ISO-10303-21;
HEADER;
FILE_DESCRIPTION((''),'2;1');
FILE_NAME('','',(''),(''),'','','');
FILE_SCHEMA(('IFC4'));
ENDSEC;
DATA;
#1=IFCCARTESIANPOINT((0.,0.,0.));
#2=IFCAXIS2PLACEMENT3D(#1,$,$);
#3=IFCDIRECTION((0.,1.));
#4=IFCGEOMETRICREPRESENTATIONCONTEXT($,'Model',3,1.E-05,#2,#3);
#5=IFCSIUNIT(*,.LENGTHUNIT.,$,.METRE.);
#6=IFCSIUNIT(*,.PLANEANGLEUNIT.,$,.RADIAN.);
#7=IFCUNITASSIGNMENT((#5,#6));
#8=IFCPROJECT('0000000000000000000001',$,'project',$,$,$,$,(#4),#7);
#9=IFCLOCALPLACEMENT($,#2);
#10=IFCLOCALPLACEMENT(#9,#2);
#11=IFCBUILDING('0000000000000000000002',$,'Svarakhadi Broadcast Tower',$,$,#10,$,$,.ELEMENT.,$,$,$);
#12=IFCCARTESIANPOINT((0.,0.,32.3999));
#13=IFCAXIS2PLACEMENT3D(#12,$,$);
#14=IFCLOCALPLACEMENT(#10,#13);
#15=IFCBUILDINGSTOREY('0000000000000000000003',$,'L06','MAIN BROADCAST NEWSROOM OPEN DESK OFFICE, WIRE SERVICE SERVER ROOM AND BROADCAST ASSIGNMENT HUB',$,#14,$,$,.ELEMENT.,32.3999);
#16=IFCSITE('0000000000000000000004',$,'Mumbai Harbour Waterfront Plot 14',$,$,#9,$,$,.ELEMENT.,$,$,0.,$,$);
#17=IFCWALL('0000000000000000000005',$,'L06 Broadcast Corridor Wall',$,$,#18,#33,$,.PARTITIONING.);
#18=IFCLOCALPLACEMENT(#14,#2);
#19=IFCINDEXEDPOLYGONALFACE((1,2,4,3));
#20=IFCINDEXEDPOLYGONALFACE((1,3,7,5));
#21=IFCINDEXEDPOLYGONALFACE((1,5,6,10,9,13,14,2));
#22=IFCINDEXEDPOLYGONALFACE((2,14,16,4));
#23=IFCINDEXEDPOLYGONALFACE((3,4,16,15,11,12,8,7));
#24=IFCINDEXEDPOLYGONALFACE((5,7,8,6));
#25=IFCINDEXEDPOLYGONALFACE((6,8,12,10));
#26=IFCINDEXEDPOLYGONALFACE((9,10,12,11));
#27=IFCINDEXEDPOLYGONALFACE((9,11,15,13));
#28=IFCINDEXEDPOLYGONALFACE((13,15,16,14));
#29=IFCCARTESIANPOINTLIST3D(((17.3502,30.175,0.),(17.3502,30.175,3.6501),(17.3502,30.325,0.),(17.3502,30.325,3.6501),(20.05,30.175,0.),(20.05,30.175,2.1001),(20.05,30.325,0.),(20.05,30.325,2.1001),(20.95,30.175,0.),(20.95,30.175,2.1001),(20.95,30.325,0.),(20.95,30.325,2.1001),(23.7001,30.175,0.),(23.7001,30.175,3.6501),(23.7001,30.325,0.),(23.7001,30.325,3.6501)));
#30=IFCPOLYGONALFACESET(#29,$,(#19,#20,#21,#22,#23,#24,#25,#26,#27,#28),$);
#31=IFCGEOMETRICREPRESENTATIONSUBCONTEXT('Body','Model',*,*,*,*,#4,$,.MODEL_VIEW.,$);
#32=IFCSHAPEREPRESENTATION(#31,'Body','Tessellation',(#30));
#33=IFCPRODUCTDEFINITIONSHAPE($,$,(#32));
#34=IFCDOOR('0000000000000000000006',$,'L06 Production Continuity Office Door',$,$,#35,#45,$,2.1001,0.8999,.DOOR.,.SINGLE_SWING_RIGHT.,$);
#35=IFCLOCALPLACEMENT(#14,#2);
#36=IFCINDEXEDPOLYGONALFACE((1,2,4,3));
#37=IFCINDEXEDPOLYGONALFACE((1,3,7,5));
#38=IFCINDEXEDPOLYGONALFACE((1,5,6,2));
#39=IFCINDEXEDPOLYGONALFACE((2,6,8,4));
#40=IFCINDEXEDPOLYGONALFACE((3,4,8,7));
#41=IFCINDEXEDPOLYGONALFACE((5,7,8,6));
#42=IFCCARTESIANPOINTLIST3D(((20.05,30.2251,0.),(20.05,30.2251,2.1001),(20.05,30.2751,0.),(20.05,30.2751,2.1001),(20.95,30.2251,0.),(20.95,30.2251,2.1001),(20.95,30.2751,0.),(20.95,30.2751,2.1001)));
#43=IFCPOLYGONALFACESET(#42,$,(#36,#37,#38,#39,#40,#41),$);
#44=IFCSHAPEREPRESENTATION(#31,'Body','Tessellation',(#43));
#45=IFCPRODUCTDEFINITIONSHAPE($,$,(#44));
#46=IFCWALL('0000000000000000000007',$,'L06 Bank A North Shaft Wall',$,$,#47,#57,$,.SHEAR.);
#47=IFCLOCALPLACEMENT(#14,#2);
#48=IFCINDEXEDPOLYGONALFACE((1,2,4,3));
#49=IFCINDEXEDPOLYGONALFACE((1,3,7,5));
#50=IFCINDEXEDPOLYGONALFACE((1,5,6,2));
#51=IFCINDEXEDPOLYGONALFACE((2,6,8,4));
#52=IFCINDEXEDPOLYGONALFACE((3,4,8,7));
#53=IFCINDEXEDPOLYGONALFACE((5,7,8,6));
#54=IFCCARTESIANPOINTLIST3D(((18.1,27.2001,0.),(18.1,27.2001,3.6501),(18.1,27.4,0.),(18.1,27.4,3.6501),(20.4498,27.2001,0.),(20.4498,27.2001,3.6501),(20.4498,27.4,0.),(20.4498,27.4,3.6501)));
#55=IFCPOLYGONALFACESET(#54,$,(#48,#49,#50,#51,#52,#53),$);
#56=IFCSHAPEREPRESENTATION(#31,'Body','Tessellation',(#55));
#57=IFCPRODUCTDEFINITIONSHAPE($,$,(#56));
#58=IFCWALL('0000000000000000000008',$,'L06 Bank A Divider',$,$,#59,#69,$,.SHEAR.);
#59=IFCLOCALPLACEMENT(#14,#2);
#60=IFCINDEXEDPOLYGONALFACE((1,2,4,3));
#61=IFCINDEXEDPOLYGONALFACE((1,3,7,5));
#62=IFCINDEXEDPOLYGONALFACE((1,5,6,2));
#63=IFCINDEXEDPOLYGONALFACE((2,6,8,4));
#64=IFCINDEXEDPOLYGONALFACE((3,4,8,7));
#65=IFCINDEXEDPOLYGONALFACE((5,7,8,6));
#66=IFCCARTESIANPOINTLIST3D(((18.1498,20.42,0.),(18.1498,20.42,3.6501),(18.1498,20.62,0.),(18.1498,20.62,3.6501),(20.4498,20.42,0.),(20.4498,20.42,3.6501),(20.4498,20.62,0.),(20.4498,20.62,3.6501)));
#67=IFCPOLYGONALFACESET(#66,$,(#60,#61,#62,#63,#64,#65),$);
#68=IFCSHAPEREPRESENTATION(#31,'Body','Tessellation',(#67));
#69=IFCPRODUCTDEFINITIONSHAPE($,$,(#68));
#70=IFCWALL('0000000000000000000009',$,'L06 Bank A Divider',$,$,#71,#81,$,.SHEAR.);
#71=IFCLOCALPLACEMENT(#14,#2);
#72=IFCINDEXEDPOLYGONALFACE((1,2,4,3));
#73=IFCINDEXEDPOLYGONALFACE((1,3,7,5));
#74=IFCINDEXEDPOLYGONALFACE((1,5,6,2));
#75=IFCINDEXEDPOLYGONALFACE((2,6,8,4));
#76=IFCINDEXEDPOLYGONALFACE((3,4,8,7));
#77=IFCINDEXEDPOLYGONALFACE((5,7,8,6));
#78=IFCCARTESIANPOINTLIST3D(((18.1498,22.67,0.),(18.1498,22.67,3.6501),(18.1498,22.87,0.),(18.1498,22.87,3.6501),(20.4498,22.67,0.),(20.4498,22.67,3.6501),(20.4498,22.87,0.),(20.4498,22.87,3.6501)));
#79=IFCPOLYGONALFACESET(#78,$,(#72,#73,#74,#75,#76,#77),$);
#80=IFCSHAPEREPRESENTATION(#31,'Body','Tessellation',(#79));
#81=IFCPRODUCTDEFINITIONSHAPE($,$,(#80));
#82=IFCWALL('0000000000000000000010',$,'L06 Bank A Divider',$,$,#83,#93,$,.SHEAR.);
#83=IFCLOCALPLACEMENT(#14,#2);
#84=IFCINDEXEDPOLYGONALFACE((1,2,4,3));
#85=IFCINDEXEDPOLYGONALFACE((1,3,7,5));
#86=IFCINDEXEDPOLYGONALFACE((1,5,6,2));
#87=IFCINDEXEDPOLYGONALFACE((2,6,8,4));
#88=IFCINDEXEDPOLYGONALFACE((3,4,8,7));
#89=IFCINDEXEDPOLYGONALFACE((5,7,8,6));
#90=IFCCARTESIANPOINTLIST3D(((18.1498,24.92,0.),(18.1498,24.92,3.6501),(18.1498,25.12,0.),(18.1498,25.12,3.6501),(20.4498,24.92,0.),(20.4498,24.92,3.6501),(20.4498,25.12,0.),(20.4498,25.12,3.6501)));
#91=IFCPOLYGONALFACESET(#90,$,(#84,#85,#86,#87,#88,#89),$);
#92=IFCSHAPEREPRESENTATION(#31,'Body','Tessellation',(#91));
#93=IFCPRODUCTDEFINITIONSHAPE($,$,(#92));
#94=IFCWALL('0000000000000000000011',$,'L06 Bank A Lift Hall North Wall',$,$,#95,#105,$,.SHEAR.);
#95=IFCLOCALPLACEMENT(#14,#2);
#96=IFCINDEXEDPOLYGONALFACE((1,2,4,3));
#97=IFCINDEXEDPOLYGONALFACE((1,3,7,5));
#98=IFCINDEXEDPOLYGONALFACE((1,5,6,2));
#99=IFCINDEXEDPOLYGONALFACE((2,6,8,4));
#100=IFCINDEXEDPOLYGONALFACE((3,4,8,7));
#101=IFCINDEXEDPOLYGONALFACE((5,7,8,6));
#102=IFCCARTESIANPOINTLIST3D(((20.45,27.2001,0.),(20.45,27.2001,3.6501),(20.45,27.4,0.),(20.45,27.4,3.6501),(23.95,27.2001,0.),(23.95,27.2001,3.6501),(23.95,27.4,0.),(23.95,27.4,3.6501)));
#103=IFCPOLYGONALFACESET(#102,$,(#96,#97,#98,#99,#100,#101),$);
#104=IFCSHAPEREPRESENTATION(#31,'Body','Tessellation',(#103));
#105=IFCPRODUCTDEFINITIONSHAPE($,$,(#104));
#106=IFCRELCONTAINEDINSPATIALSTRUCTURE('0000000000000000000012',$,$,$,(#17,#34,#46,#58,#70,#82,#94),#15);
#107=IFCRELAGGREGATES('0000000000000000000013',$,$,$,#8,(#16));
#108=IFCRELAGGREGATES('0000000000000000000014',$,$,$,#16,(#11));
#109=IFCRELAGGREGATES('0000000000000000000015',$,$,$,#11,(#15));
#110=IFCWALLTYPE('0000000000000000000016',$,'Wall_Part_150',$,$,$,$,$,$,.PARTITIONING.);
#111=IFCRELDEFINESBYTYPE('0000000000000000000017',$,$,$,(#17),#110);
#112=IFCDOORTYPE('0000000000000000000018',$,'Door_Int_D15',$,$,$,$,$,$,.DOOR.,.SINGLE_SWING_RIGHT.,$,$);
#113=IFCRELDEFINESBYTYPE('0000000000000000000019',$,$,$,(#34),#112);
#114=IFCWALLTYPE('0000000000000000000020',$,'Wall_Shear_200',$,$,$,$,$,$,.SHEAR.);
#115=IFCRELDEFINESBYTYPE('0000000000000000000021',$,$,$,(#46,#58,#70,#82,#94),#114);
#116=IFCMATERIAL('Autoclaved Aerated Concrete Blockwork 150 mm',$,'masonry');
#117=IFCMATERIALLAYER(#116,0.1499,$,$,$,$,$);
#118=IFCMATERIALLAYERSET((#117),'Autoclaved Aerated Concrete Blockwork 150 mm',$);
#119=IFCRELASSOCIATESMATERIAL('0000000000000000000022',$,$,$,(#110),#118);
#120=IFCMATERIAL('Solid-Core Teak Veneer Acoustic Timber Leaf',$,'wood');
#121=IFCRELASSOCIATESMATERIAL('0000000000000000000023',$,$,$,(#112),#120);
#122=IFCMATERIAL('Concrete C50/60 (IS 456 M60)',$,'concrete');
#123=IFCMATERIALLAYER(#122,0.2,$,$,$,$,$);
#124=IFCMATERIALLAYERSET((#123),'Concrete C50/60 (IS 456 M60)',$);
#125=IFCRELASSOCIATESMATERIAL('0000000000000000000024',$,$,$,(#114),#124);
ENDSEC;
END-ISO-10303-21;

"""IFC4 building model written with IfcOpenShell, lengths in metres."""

from ifc_helpers import new_model, si_unit, direction, frame, frame_2d, origin, place, context, subcontext, project, spatial, rectangle, extrude, material, layer, layer_set, type_object, element, fill, save


model = new_model("IFC4")

# Units and contexts
model_context = context("Model", 3, precision=1e-05, world=origin(), true_north=direction((0.0, 1.0)))
body_context = subcontext(model_context, "Body", "Model", "MODEL_VIEW")
ifc_project = project(units=[si_unit("LENGTHUNIT", "METRE"), si_unit("PLANEANGLEUNIT", "RADIAN")], contexts=[model_context])

# Site, building, storey
site_placement = place(None, origin())
site = spatial("IfcSite", under=ifc_project, at=site_placement, Name="Mumbai Harbour Waterfront Plot 14", CompositionType="ELEMENT", RefElevation=0.0)
building_placement = place(site_placement, origin())
building = spatial("IfcBuilding", under=site, at=building_placement, Name="Svarakhadi Broadcast Tower", CompositionType="ELEMENT")
storey_placement = place(building_placement, frame((0.0, 0.0, 32.3999)))
storey = spatial("IfcBuildingStorey", under=building, at=storey_placement, Name="L06", Description="MAIN BROADCAST NEWSROOM OPEN DESK OFFICE, WIRE SERVICE SERVER ROOM AND BROADCAST ASSIGNMENT HUB", CompositionType="ELEMENT", Elevation=32.3999)

# Wall, opening, door
ifc_material_1 = material(Name="Autoclaved Aerated Concrete Blockwork 150 mm", Category="masonry")
ifc_layer_1 = layer(ifc_material_1, 0.1499)
ifc_layer_set_1 = layer_set([ifc_layer_1], Name="Autoclaved Aerated Concrete Blockwork 150 mm")
wall_type_1 = type_object("IfcWallType", Name="Wall_Part_150", PredefinedType="PARTITIONING", material=ifc_layer_set_1)
wall_1_placement = place(storey_placement, frame((23.7, 30.25, 0.0), z_axis=(0.0, 0.0, 1.0), x_axis=(-1.0, 0.0, 0.0)))
wall_1 = element("IfcWall", 1, at=wall_1_placement, inside=storey, type_object=wall_type_1, Name="L06 Broadcast Corridor Wall", PredefinedType="PARTITIONING", context=body_context, shape_type="SweptSolid", body=[
    extrude(rectangle(XDim=6.3499, YDim=0.1499, at=frame_2d((3.1748, 0.0))), origin(), (0.0, 0.0, 1.0), 3.6501),
])
opening_placement = place(wall_1_placement, frame((2.75, 0.0, 0.0)))
opening = element("IfcOpeningElement", 2, at=opening_placement, cuts=wall_1, PredefinedType="OPENING", context=body_context, shape_type="SweptSolid", body=[
    extrude(rectangle(XDim=0.8999, YDim=2.1001, at=frame_2d((0.45, 1.05))), frame((0.0, 0.085, 0.0), z_axis=(0.0, -1.0, 0.0), x_axis=(1.0, 0.0, 0.0)), (0.0, 0.0, 1.0), 0.1699),
])
ifc_material_2 = material(Name="Solid-Core Teak Veneer Acoustic Timber Leaf", Category="wood")
door_type = type_object("IfcDoorType", Name="Door_Int_D15", OperationType="SINGLE_SWING_RIGHT", PredefinedType="DOOR", material=ifc_material_2)
door_placement = place(opening_placement, origin())
door = element("IfcDoor", 3, at=door_placement, inside=storey, type_object=door_type, Name="L06 Production Continuity Office Door", OperationType="SINGLE_SWING_RIGHT", OverallHeight=2.1001, OverallWidth=0.8999, PredefinedType="DOOR", context=body_context, shape_type="SweptSolid", body=[
    extrude(rectangle(XDim=0.8999, YDim=2.1001, at=frame_2d((0.45, 1.05))), frame((0.0, 0.0249, 0.0), z_axis=(0.0, -1.0, 0.0), x_axis=(1.0, 0.0, 0.0)), (0.0, 0.0, 1.0), 0.05),
])
fill(opening, door)

# Walls
ifc_material_3 = material(Name="Concrete C50/60 (IS 456 M60)", Category="concrete")
ifc_layer_2 = layer(ifc_material_3, 0.2)
ifc_layer_set_2 = layer_set([ifc_layer_2], Name="Concrete C50/60 (IS 456 M60)")
wall_type_2 = type_object("IfcWallType", Name="Wall_Shear_200", PredefinedType="SHEAR", material=ifc_layer_set_2)
wall_2_placement = place(storey_placement, frame((18.1001, 27.3, 0.0), z_axis=(0.0, 0.0, 1.0), x_axis=(1.0, 0.0, 0.0)))
element("IfcWall", 4, at=wall_2_placement, inside=storey, type_object=wall_type_2, Name="L06 Bank A North Shaft Wall", PredefinedType="SHEAR", context=body_context, shape_type="SweptSolid", body=[
    extrude(rectangle(XDim=2.3499, YDim=0.2, at=frame_2d((1.1748, 0.0))), origin(), (0.0, 0.0, 1.0), 3.6501),
])
for number, where, z_axis, x_axis, name in (
    (5, (18.1499, 20.52, 0.0), (0.0, 0.0, 1.0), (1.0, 0.0, 0.0), "L06 Bank A Divider"),
    (6, (18.1499, 22.77, 0.0), (0.0, 0.0, 1.0), (1.0, 0.0, 0.0), "L06 Bank A Divider"),
    (7, (18.1499, 25.02, 0.0), (0.0, 0.0, 1.0), (1.0, 0.0, 0.0), "L06 Bank A Divider"),
):
    element("IfcWall", number, at=place(storey_placement, frame(where, z_axis=z_axis, x_axis=x_axis)), inside=storey, type_object=wall_type_2, Name=name, PredefinedType="SHEAR", context=body_context, shape_type="SweptSolid", body=[
        extrude(rectangle(XDim=2.3, YDim=0.2, at=frame_2d((1.1499, 0.0))), origin(), (0.0, 0.0, 1.0), 3.6501),
    ])
wall_3_placement = place(storey_placement, frame((20.45, 27.3, 0.0), z_axis=(0.0, 0.0, 1.0), x_axis=(1.0, 0.0, 0.0)))
element("IfcWall", 8, at=wall_3_placement, inside=storey, type_object=wall_type_2, Name="L06 Bank A Lift Hall North Wall", PredefinedType="SHEAR", context=body_context, shape_type="SweptSolid", body=[
    extrude(rectangle(XDim=3.5, YDim=0.2, at=frame_2d((1.75, 0.0))), origin(), (0.0, 0.0, 1.0), 3.6501),
])

save(model, "model.ifc")
